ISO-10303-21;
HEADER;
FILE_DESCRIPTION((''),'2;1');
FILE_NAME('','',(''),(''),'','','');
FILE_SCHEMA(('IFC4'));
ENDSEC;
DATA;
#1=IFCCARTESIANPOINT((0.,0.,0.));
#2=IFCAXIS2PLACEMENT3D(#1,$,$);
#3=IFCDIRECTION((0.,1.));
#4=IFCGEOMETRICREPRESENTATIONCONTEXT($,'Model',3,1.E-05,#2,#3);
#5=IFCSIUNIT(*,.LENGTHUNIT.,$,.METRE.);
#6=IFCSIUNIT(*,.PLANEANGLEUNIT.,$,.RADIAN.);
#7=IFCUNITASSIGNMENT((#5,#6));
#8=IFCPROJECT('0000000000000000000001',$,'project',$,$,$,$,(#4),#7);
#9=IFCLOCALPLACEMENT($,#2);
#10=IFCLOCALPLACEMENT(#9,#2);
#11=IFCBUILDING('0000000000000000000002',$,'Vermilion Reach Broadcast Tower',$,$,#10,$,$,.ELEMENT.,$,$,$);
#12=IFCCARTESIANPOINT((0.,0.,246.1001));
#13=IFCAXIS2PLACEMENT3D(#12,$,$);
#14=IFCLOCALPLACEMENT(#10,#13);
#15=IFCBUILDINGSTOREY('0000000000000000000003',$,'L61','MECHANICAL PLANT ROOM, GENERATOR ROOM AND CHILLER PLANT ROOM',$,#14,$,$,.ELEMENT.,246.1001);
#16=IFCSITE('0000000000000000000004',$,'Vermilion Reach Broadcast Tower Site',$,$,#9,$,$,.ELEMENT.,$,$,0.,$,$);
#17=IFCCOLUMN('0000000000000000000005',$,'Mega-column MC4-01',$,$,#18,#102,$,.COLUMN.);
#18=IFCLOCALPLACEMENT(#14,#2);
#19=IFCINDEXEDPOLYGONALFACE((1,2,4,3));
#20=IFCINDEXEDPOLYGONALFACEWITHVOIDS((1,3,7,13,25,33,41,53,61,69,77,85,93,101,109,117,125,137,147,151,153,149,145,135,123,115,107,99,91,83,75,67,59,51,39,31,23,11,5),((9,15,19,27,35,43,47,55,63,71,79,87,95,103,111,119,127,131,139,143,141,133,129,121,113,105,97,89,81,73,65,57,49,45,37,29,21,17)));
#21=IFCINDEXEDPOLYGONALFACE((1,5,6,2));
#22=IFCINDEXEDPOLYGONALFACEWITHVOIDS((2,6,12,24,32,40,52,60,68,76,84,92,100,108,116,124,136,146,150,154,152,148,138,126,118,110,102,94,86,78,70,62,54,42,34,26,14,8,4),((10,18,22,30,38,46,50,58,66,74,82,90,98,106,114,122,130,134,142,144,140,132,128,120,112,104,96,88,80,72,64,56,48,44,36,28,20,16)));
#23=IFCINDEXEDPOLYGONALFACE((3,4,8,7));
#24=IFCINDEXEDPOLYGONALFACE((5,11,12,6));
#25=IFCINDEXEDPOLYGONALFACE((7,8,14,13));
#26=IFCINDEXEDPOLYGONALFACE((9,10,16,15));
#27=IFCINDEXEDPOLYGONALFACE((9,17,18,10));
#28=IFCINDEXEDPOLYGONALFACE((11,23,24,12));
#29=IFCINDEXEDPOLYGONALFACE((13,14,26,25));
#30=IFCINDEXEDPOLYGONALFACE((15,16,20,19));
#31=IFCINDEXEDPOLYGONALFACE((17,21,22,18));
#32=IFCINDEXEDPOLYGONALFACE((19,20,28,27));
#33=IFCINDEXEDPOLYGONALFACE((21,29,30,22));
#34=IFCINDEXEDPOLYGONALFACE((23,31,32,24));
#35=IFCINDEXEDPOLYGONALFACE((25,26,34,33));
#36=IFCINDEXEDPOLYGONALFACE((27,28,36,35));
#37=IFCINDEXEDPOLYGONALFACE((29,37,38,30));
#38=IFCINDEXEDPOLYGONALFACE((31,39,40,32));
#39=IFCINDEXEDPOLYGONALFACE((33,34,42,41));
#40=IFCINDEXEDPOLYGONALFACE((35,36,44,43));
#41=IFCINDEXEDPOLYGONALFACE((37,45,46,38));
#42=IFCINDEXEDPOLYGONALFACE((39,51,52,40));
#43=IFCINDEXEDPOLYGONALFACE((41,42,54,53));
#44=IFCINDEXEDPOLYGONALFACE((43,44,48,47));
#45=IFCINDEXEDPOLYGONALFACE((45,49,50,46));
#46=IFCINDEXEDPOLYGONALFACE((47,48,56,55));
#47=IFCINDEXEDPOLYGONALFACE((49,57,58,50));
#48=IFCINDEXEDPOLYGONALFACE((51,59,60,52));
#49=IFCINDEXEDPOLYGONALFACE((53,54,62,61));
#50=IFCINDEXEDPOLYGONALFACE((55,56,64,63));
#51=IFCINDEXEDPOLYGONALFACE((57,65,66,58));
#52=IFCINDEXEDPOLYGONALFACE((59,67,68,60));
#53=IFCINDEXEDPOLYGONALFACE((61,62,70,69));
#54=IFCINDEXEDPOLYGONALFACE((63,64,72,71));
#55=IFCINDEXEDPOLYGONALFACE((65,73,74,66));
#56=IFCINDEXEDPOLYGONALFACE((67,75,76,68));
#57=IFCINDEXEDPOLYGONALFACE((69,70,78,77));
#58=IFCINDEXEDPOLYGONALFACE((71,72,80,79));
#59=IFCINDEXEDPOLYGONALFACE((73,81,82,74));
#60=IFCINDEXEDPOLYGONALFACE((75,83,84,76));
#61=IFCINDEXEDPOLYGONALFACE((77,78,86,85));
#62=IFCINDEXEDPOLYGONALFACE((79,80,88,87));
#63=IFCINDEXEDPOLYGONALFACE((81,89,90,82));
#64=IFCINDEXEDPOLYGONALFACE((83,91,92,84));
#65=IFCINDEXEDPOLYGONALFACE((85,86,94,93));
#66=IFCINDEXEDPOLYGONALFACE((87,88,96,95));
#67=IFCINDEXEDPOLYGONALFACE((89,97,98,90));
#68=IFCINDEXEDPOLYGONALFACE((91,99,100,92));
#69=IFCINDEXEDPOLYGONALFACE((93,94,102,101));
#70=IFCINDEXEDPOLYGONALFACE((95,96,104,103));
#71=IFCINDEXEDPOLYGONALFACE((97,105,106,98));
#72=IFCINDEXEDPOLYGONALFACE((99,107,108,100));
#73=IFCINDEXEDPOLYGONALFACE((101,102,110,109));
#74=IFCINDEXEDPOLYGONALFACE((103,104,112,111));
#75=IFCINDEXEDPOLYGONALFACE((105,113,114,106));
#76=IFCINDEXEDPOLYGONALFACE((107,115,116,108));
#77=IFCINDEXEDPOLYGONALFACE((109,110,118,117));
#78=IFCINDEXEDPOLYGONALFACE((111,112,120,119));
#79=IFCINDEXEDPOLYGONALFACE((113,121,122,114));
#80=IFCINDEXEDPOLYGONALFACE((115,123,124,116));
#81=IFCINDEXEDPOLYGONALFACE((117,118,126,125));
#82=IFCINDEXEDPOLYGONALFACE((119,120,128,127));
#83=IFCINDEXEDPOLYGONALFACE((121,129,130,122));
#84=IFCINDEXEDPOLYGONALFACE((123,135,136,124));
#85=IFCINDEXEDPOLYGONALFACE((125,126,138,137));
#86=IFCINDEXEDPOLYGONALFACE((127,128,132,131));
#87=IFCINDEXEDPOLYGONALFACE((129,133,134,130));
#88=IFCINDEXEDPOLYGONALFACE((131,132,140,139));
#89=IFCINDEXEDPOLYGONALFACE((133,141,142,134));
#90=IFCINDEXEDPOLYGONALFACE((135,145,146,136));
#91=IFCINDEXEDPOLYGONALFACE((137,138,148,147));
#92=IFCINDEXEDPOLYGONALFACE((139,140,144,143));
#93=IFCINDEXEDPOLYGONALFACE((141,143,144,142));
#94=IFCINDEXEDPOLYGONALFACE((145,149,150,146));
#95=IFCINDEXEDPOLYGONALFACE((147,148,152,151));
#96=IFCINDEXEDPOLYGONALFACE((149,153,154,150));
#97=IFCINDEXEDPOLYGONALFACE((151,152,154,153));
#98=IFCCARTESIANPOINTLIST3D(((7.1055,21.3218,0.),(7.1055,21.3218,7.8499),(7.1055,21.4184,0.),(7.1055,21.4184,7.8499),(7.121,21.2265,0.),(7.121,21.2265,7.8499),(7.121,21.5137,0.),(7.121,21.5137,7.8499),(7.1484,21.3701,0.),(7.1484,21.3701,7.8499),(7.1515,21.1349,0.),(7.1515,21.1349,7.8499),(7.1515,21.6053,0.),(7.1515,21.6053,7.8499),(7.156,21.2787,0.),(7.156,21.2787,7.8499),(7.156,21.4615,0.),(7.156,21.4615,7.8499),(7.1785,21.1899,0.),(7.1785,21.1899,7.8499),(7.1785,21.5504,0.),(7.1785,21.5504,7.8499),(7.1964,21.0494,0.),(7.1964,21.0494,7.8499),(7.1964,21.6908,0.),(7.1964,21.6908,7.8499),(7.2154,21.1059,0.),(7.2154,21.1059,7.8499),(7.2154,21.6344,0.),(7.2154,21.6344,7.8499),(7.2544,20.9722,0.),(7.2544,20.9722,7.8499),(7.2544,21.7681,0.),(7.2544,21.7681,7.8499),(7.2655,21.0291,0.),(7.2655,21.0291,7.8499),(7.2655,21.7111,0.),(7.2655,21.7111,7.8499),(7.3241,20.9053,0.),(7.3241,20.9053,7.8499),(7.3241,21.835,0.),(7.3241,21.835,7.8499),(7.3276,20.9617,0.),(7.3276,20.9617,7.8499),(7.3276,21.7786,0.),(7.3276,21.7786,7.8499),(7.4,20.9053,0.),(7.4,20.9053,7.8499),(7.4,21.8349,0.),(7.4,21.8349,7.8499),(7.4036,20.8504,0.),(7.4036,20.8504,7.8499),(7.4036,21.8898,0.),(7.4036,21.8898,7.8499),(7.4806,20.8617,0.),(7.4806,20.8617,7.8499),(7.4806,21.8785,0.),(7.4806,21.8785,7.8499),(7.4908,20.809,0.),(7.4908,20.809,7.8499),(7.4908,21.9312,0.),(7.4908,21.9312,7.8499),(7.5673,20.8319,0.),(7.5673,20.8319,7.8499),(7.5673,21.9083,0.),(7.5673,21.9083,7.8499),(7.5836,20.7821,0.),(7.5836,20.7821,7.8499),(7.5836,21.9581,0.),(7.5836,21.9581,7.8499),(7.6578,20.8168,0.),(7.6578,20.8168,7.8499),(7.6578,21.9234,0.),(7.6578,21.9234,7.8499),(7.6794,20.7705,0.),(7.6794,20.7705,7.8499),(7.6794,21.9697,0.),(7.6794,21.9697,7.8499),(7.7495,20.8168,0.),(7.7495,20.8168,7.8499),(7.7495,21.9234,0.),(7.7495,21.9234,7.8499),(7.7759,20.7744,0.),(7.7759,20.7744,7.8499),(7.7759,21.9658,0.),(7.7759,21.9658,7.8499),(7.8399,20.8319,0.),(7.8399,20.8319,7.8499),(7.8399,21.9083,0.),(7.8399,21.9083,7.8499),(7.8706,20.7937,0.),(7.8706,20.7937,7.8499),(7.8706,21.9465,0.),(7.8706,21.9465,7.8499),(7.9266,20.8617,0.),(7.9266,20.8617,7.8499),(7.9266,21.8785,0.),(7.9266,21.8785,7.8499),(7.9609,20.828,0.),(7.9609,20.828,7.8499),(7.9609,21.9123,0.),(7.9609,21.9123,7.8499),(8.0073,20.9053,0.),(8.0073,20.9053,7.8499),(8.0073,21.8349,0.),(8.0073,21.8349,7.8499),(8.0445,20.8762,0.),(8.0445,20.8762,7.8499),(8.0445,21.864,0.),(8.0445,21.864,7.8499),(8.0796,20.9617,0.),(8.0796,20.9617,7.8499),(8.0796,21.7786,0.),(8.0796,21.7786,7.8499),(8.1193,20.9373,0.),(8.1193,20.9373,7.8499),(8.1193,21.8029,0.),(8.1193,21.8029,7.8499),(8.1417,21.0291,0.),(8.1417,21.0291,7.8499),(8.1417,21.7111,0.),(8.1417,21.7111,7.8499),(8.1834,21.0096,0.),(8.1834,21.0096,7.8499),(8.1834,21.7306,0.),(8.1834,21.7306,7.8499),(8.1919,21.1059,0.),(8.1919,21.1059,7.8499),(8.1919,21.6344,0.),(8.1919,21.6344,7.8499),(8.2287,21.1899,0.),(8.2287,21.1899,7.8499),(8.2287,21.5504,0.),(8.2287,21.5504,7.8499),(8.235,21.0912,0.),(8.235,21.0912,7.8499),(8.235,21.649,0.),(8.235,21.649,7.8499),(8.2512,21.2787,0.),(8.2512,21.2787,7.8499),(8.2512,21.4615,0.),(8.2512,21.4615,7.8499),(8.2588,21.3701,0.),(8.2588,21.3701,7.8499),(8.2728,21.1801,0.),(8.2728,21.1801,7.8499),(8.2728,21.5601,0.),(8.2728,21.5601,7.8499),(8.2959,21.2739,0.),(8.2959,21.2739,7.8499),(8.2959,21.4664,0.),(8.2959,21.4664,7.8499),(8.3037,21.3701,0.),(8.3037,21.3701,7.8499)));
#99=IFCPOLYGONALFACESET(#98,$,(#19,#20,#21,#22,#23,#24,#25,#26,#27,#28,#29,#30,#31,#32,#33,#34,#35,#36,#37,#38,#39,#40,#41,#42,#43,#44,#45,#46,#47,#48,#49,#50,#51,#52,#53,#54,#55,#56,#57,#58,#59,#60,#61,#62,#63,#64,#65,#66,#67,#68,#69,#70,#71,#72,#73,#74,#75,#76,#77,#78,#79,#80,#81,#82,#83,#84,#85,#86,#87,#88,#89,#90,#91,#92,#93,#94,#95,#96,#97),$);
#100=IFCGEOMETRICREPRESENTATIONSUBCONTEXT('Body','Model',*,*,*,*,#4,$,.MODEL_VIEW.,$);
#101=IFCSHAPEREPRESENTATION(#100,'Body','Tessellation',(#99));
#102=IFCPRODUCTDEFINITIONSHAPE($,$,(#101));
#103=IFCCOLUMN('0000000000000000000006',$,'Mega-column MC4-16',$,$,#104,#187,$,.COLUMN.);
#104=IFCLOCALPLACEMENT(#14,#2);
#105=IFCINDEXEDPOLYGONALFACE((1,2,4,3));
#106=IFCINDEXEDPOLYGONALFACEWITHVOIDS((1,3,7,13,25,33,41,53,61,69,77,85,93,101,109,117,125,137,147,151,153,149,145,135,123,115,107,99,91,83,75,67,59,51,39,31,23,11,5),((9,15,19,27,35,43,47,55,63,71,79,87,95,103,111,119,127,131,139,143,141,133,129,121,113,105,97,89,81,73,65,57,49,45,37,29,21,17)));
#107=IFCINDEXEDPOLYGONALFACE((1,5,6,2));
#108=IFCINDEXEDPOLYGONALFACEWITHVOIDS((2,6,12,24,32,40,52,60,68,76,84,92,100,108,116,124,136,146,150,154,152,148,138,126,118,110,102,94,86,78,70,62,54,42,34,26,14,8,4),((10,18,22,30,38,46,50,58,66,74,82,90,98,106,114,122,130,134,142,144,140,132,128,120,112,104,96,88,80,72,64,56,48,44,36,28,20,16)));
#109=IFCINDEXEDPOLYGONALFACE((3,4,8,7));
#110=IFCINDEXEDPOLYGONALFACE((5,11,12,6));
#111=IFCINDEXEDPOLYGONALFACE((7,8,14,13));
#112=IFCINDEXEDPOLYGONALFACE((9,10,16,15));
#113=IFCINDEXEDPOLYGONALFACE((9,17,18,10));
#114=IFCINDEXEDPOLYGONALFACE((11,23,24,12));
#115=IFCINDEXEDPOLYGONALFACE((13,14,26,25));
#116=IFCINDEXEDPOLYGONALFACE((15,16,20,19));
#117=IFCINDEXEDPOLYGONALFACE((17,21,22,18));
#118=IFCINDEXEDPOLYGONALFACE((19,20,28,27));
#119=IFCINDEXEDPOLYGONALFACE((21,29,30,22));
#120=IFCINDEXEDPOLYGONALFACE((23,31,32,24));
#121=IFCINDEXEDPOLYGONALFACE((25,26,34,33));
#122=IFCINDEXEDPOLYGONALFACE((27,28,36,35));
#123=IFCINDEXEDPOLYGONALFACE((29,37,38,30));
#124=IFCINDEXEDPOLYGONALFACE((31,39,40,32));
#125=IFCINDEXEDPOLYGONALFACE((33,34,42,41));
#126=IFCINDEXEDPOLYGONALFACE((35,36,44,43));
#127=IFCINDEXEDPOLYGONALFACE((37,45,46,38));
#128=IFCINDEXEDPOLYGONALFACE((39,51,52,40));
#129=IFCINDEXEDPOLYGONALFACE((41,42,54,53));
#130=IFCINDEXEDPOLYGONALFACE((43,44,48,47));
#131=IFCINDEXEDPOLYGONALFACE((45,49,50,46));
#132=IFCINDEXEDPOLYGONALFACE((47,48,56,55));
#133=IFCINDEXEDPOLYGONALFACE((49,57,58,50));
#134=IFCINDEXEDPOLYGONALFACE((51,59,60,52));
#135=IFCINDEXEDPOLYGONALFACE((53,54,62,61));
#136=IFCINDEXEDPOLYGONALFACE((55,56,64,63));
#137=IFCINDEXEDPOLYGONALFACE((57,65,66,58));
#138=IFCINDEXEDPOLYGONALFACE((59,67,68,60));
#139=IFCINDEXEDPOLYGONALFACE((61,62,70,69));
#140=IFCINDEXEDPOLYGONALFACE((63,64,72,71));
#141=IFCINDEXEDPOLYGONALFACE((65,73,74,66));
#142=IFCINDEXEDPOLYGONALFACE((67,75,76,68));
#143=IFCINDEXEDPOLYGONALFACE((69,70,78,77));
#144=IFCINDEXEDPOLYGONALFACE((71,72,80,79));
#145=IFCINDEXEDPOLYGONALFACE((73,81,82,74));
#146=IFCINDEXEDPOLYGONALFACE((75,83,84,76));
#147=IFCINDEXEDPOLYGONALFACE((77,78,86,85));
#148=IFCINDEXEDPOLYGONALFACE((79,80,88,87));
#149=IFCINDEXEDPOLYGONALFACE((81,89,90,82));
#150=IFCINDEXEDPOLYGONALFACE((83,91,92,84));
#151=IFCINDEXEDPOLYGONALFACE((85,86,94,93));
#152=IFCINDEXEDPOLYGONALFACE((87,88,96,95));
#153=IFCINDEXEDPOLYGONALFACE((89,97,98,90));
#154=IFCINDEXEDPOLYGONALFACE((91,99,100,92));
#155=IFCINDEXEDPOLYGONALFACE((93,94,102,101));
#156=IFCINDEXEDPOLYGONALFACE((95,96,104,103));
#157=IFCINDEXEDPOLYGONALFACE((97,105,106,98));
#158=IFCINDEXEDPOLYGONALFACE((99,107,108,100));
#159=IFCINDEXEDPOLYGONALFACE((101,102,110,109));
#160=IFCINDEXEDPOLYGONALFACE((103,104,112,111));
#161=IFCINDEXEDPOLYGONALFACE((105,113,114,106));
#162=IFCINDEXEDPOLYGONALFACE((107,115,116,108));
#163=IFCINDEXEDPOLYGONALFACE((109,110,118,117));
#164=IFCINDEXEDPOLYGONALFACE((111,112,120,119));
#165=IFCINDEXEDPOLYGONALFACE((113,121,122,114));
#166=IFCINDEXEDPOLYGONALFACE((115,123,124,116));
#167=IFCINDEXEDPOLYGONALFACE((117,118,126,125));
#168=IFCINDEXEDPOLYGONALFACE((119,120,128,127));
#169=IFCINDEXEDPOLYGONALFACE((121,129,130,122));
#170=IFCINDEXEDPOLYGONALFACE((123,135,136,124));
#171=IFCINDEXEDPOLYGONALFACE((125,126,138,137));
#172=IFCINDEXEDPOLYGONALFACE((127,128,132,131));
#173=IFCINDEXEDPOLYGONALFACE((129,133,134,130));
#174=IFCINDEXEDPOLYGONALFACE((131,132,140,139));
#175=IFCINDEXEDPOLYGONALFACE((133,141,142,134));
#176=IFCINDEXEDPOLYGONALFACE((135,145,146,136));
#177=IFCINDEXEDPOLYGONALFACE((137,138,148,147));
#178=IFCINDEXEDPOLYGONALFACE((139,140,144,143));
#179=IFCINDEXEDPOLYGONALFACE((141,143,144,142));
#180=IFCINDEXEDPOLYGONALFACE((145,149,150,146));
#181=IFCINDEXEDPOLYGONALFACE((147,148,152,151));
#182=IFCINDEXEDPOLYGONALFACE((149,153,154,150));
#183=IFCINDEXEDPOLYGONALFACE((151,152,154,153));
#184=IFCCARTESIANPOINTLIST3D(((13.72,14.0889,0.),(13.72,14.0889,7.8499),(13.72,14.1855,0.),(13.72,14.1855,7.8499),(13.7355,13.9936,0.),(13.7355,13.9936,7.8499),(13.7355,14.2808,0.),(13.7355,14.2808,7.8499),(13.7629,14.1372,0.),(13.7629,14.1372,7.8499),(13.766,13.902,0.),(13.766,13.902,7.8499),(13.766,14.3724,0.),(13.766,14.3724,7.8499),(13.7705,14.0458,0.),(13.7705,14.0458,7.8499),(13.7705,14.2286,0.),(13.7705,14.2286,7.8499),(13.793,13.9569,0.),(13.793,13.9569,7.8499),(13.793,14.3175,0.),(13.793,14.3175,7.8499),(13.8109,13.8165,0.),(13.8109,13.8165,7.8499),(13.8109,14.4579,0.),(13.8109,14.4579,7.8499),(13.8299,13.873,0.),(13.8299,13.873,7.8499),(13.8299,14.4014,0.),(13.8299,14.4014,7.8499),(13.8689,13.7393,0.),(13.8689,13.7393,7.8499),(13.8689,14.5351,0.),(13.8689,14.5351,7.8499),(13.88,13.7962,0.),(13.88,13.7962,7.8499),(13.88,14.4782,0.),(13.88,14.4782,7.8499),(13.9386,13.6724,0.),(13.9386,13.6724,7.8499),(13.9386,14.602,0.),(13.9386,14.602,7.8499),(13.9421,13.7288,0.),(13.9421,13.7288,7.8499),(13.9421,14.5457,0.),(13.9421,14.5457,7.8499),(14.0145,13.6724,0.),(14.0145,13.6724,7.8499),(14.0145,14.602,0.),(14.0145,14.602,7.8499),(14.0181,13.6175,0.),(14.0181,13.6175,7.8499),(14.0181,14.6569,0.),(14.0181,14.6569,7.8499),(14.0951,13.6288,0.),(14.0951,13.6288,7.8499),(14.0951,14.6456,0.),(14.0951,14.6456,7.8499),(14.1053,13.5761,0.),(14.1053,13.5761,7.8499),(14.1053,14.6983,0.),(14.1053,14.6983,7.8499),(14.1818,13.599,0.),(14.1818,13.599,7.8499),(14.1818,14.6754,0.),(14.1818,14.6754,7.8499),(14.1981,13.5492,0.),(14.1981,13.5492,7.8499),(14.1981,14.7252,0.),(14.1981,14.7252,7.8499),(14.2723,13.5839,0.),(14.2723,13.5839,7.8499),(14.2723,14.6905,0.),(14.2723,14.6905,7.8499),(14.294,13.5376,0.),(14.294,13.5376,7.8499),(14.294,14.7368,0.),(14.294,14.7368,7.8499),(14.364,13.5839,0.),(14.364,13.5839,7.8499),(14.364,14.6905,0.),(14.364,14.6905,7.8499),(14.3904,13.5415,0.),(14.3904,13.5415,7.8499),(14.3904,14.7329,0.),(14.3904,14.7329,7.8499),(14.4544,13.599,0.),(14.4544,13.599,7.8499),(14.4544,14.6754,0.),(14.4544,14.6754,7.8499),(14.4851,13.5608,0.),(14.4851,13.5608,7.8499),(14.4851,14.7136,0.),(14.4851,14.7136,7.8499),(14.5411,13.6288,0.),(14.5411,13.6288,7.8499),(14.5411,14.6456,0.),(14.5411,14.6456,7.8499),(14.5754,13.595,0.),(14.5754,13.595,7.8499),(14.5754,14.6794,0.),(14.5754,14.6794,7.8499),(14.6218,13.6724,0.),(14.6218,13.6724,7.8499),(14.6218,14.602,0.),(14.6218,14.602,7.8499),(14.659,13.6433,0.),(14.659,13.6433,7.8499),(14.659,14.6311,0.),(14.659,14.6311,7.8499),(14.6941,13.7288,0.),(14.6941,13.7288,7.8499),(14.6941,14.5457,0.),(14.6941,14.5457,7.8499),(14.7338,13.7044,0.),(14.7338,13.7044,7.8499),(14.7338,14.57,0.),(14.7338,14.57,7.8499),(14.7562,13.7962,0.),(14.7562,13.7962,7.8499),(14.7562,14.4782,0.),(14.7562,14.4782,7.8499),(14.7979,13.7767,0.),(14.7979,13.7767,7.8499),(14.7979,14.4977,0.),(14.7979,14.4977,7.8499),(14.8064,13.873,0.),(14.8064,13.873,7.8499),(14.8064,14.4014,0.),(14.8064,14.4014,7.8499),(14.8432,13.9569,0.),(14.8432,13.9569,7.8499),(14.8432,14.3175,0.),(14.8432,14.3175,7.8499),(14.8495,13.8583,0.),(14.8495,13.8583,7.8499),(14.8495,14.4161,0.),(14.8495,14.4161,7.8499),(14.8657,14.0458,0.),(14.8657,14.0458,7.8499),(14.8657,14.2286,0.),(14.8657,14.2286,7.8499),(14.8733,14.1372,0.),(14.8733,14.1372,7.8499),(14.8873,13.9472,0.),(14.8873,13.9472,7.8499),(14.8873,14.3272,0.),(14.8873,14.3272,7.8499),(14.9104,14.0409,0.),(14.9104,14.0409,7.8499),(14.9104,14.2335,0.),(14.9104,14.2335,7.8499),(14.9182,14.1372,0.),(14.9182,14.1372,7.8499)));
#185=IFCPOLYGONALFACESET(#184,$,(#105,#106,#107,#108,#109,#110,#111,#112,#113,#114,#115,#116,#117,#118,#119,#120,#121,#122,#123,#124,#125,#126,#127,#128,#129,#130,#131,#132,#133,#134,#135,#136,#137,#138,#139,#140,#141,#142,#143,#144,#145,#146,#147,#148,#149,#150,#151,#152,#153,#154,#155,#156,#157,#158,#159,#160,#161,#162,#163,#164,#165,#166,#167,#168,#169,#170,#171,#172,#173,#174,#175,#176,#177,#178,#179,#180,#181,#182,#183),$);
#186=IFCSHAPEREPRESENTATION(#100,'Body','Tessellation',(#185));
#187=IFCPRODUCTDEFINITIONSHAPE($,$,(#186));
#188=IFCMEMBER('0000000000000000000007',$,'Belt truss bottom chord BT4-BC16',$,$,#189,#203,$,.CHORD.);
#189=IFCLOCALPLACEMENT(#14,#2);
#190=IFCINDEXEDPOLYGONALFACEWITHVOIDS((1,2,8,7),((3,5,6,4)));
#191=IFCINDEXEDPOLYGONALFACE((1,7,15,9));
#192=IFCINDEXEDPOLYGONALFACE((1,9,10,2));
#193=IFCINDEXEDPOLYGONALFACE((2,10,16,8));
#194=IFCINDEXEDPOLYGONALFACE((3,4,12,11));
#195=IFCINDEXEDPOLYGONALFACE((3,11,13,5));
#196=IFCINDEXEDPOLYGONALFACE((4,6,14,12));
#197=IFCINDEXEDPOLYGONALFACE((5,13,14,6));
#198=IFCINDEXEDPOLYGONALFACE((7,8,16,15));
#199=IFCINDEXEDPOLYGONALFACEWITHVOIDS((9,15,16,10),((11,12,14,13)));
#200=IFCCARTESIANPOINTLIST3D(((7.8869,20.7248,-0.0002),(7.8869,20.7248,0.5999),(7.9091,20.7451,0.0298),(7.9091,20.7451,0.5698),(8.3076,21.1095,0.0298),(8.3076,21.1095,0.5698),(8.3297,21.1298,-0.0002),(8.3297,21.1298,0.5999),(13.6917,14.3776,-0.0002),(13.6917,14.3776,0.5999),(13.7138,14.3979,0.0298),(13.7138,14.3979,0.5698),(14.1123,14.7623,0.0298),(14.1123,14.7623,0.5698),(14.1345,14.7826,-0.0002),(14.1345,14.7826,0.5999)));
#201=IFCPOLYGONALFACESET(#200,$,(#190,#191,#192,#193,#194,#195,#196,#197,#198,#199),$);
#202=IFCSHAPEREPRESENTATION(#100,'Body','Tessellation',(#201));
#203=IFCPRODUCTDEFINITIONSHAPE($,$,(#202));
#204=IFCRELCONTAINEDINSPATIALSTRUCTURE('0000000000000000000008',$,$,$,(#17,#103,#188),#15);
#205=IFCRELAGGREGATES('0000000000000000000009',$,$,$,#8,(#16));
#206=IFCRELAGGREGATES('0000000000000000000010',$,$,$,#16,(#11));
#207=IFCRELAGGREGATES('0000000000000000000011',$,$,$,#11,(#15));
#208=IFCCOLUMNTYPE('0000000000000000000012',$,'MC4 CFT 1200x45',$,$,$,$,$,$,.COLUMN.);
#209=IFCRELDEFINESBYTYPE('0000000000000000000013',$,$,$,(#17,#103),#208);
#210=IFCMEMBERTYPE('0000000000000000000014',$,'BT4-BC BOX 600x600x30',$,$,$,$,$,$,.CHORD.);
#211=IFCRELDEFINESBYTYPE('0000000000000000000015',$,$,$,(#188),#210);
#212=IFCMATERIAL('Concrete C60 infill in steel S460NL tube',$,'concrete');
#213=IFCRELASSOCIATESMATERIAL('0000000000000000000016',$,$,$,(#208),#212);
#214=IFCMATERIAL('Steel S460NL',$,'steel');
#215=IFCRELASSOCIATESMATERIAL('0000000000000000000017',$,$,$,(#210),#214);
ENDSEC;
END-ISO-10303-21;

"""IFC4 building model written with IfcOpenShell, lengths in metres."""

from ifc_helpers import new_model, si_unit, direction, frame, origin, origin_2d, place, context, subcontext, project, spatial, hollow_rectangle, hollow_circle, extrude, material, material_profile, profile_set, type_object, element, save


model = new_model("IFC4")

# Units and contexts
model_context = context("Model", 3, precision=1e-05, world=origin(), true_north=direction((0.0, 1.0)))
body_context = subcontext(model_context, "Body", "Model", "MODEL_VIEW")
ifc_project = project(units=[si_unit("LENGTHUNIT", "METRE"), si_unit("PLANEANGLEUNIT", "RADIAN")], contexts=[model_context])

# Site, building, storey
site_placement = place(None, origin())
site = spatial("IfcSite", under=ifc_project, at=site_placement, Name="Vermilion Reach Broadcast Tower Site", CompositionType="ELEMENT", RefElevation=0.0)
building_placement = place(site_placement, origin())
building = spatial("IfcBuilding", under=site, at=building_placement, Name="Vermilion Reach Broadcast Tower", CompositionType="ELEMENT")
storey_placement = place(building_placement, frame((0.0, 0.0, 246.1001)))
storey = spatial("IfcBuildingStorey", under=building, at=storey_placement, Name="L61", Description="MECHANICAL PLANT ROOM, GENERATOR ROOM AND CHILLER PLANT ROOM", CompositionType="ELEMENT", Elevation=246.1001)

# Columns
ifc_material_1 = material(Name="Concrete C60 infill in steel S460NL tube", Category="concrete")
ifc_material_profile_1 = material_profile(ifc_material_1, hollow_circle(Radius=0.6001, WallThickness=0.0449, at=origin_2d()), Name="Concrete C60 infill in steel S460NL tube CFT 1200x45")
ifc_profile_set_1 = profile_set([ifc_material_profile_1], Name="Concrete C60 infill in steel S460NL tube")
column_type = type_object("IfcColumnType", Name="MC4 CFT 1200x45", PredefinedType="COLUMN", material=ifc_profile_set_1)
for number, where, z_axis, x_axis, name in (
    (1, (7.7036, 21.3701, 0.0), (0.0, 0.0, 1.0), (1.0, 0.0, 0.0), "Mega-column MC4-01"),
    (2, (14.3181, 14.1372, 0.0), (0.0, 0.0, 1.0), (1.0, 0.0, 0.0), "Mega-column MC4-16"),
):
    element("IfcColumn", number, at=place(storey_placement, frame(where, z_axis=z_axis, x_axis=x_axis)), inside=storey, type_object=column_type, Name=name, PredefinedType="COLUMN", context=body_context, shape_type="SweptSolid", body=[
        extrude(hollow_circle(Radius=0.6001, WallThickness=0.0449, at=origin_2d()), origin(), (0.0, 0.0, 1.0), 7.8499),
    ])

# Member
ifc_material_2 = material(Name="Steel S460NL", Category="steel")
ifc_material_profile_2 = material_profile(ifc_material_2, hollow_rectangle(XDim=0.6001, YDim=0.6001, WallThickness=0.03, at=origin_2d()), Name="S460NL BOX 600x600x30")
ifc_profile_set_2 = profile_set([ifc_material_profile_2], Name="Steel S460NL")
member_type_1 = type_object("IfcMemberType", Name="BT4-BC BOX 600x600x30", PredefinedType="CHORD", material=ifc_profile_set_2)
member_1_placement = place(storey_placement, frame((13.9131, 14.5801, 0.2998), z_axis=(-0.674868, 0.737938, 0.0), x_axis=(-0.737938, -0.674868, 0.0)))
element("IfcMember", 3, at=member_1_placement, inside=storey, type_object=member_type_1, Name="Belt truss bottom chord BT4-BC16", PredefinedType="CHORD", context=body_context, shape_type="SweptSolid", body=[
    extrude(hollow_rectangle(XDim=0.6001, YDim=0.6001, WallThickness=0.03, at=origin_2d()), origin(), (0.0, 0.0, 1.0), 8.6013),
])

save(model, "model.ifc")
